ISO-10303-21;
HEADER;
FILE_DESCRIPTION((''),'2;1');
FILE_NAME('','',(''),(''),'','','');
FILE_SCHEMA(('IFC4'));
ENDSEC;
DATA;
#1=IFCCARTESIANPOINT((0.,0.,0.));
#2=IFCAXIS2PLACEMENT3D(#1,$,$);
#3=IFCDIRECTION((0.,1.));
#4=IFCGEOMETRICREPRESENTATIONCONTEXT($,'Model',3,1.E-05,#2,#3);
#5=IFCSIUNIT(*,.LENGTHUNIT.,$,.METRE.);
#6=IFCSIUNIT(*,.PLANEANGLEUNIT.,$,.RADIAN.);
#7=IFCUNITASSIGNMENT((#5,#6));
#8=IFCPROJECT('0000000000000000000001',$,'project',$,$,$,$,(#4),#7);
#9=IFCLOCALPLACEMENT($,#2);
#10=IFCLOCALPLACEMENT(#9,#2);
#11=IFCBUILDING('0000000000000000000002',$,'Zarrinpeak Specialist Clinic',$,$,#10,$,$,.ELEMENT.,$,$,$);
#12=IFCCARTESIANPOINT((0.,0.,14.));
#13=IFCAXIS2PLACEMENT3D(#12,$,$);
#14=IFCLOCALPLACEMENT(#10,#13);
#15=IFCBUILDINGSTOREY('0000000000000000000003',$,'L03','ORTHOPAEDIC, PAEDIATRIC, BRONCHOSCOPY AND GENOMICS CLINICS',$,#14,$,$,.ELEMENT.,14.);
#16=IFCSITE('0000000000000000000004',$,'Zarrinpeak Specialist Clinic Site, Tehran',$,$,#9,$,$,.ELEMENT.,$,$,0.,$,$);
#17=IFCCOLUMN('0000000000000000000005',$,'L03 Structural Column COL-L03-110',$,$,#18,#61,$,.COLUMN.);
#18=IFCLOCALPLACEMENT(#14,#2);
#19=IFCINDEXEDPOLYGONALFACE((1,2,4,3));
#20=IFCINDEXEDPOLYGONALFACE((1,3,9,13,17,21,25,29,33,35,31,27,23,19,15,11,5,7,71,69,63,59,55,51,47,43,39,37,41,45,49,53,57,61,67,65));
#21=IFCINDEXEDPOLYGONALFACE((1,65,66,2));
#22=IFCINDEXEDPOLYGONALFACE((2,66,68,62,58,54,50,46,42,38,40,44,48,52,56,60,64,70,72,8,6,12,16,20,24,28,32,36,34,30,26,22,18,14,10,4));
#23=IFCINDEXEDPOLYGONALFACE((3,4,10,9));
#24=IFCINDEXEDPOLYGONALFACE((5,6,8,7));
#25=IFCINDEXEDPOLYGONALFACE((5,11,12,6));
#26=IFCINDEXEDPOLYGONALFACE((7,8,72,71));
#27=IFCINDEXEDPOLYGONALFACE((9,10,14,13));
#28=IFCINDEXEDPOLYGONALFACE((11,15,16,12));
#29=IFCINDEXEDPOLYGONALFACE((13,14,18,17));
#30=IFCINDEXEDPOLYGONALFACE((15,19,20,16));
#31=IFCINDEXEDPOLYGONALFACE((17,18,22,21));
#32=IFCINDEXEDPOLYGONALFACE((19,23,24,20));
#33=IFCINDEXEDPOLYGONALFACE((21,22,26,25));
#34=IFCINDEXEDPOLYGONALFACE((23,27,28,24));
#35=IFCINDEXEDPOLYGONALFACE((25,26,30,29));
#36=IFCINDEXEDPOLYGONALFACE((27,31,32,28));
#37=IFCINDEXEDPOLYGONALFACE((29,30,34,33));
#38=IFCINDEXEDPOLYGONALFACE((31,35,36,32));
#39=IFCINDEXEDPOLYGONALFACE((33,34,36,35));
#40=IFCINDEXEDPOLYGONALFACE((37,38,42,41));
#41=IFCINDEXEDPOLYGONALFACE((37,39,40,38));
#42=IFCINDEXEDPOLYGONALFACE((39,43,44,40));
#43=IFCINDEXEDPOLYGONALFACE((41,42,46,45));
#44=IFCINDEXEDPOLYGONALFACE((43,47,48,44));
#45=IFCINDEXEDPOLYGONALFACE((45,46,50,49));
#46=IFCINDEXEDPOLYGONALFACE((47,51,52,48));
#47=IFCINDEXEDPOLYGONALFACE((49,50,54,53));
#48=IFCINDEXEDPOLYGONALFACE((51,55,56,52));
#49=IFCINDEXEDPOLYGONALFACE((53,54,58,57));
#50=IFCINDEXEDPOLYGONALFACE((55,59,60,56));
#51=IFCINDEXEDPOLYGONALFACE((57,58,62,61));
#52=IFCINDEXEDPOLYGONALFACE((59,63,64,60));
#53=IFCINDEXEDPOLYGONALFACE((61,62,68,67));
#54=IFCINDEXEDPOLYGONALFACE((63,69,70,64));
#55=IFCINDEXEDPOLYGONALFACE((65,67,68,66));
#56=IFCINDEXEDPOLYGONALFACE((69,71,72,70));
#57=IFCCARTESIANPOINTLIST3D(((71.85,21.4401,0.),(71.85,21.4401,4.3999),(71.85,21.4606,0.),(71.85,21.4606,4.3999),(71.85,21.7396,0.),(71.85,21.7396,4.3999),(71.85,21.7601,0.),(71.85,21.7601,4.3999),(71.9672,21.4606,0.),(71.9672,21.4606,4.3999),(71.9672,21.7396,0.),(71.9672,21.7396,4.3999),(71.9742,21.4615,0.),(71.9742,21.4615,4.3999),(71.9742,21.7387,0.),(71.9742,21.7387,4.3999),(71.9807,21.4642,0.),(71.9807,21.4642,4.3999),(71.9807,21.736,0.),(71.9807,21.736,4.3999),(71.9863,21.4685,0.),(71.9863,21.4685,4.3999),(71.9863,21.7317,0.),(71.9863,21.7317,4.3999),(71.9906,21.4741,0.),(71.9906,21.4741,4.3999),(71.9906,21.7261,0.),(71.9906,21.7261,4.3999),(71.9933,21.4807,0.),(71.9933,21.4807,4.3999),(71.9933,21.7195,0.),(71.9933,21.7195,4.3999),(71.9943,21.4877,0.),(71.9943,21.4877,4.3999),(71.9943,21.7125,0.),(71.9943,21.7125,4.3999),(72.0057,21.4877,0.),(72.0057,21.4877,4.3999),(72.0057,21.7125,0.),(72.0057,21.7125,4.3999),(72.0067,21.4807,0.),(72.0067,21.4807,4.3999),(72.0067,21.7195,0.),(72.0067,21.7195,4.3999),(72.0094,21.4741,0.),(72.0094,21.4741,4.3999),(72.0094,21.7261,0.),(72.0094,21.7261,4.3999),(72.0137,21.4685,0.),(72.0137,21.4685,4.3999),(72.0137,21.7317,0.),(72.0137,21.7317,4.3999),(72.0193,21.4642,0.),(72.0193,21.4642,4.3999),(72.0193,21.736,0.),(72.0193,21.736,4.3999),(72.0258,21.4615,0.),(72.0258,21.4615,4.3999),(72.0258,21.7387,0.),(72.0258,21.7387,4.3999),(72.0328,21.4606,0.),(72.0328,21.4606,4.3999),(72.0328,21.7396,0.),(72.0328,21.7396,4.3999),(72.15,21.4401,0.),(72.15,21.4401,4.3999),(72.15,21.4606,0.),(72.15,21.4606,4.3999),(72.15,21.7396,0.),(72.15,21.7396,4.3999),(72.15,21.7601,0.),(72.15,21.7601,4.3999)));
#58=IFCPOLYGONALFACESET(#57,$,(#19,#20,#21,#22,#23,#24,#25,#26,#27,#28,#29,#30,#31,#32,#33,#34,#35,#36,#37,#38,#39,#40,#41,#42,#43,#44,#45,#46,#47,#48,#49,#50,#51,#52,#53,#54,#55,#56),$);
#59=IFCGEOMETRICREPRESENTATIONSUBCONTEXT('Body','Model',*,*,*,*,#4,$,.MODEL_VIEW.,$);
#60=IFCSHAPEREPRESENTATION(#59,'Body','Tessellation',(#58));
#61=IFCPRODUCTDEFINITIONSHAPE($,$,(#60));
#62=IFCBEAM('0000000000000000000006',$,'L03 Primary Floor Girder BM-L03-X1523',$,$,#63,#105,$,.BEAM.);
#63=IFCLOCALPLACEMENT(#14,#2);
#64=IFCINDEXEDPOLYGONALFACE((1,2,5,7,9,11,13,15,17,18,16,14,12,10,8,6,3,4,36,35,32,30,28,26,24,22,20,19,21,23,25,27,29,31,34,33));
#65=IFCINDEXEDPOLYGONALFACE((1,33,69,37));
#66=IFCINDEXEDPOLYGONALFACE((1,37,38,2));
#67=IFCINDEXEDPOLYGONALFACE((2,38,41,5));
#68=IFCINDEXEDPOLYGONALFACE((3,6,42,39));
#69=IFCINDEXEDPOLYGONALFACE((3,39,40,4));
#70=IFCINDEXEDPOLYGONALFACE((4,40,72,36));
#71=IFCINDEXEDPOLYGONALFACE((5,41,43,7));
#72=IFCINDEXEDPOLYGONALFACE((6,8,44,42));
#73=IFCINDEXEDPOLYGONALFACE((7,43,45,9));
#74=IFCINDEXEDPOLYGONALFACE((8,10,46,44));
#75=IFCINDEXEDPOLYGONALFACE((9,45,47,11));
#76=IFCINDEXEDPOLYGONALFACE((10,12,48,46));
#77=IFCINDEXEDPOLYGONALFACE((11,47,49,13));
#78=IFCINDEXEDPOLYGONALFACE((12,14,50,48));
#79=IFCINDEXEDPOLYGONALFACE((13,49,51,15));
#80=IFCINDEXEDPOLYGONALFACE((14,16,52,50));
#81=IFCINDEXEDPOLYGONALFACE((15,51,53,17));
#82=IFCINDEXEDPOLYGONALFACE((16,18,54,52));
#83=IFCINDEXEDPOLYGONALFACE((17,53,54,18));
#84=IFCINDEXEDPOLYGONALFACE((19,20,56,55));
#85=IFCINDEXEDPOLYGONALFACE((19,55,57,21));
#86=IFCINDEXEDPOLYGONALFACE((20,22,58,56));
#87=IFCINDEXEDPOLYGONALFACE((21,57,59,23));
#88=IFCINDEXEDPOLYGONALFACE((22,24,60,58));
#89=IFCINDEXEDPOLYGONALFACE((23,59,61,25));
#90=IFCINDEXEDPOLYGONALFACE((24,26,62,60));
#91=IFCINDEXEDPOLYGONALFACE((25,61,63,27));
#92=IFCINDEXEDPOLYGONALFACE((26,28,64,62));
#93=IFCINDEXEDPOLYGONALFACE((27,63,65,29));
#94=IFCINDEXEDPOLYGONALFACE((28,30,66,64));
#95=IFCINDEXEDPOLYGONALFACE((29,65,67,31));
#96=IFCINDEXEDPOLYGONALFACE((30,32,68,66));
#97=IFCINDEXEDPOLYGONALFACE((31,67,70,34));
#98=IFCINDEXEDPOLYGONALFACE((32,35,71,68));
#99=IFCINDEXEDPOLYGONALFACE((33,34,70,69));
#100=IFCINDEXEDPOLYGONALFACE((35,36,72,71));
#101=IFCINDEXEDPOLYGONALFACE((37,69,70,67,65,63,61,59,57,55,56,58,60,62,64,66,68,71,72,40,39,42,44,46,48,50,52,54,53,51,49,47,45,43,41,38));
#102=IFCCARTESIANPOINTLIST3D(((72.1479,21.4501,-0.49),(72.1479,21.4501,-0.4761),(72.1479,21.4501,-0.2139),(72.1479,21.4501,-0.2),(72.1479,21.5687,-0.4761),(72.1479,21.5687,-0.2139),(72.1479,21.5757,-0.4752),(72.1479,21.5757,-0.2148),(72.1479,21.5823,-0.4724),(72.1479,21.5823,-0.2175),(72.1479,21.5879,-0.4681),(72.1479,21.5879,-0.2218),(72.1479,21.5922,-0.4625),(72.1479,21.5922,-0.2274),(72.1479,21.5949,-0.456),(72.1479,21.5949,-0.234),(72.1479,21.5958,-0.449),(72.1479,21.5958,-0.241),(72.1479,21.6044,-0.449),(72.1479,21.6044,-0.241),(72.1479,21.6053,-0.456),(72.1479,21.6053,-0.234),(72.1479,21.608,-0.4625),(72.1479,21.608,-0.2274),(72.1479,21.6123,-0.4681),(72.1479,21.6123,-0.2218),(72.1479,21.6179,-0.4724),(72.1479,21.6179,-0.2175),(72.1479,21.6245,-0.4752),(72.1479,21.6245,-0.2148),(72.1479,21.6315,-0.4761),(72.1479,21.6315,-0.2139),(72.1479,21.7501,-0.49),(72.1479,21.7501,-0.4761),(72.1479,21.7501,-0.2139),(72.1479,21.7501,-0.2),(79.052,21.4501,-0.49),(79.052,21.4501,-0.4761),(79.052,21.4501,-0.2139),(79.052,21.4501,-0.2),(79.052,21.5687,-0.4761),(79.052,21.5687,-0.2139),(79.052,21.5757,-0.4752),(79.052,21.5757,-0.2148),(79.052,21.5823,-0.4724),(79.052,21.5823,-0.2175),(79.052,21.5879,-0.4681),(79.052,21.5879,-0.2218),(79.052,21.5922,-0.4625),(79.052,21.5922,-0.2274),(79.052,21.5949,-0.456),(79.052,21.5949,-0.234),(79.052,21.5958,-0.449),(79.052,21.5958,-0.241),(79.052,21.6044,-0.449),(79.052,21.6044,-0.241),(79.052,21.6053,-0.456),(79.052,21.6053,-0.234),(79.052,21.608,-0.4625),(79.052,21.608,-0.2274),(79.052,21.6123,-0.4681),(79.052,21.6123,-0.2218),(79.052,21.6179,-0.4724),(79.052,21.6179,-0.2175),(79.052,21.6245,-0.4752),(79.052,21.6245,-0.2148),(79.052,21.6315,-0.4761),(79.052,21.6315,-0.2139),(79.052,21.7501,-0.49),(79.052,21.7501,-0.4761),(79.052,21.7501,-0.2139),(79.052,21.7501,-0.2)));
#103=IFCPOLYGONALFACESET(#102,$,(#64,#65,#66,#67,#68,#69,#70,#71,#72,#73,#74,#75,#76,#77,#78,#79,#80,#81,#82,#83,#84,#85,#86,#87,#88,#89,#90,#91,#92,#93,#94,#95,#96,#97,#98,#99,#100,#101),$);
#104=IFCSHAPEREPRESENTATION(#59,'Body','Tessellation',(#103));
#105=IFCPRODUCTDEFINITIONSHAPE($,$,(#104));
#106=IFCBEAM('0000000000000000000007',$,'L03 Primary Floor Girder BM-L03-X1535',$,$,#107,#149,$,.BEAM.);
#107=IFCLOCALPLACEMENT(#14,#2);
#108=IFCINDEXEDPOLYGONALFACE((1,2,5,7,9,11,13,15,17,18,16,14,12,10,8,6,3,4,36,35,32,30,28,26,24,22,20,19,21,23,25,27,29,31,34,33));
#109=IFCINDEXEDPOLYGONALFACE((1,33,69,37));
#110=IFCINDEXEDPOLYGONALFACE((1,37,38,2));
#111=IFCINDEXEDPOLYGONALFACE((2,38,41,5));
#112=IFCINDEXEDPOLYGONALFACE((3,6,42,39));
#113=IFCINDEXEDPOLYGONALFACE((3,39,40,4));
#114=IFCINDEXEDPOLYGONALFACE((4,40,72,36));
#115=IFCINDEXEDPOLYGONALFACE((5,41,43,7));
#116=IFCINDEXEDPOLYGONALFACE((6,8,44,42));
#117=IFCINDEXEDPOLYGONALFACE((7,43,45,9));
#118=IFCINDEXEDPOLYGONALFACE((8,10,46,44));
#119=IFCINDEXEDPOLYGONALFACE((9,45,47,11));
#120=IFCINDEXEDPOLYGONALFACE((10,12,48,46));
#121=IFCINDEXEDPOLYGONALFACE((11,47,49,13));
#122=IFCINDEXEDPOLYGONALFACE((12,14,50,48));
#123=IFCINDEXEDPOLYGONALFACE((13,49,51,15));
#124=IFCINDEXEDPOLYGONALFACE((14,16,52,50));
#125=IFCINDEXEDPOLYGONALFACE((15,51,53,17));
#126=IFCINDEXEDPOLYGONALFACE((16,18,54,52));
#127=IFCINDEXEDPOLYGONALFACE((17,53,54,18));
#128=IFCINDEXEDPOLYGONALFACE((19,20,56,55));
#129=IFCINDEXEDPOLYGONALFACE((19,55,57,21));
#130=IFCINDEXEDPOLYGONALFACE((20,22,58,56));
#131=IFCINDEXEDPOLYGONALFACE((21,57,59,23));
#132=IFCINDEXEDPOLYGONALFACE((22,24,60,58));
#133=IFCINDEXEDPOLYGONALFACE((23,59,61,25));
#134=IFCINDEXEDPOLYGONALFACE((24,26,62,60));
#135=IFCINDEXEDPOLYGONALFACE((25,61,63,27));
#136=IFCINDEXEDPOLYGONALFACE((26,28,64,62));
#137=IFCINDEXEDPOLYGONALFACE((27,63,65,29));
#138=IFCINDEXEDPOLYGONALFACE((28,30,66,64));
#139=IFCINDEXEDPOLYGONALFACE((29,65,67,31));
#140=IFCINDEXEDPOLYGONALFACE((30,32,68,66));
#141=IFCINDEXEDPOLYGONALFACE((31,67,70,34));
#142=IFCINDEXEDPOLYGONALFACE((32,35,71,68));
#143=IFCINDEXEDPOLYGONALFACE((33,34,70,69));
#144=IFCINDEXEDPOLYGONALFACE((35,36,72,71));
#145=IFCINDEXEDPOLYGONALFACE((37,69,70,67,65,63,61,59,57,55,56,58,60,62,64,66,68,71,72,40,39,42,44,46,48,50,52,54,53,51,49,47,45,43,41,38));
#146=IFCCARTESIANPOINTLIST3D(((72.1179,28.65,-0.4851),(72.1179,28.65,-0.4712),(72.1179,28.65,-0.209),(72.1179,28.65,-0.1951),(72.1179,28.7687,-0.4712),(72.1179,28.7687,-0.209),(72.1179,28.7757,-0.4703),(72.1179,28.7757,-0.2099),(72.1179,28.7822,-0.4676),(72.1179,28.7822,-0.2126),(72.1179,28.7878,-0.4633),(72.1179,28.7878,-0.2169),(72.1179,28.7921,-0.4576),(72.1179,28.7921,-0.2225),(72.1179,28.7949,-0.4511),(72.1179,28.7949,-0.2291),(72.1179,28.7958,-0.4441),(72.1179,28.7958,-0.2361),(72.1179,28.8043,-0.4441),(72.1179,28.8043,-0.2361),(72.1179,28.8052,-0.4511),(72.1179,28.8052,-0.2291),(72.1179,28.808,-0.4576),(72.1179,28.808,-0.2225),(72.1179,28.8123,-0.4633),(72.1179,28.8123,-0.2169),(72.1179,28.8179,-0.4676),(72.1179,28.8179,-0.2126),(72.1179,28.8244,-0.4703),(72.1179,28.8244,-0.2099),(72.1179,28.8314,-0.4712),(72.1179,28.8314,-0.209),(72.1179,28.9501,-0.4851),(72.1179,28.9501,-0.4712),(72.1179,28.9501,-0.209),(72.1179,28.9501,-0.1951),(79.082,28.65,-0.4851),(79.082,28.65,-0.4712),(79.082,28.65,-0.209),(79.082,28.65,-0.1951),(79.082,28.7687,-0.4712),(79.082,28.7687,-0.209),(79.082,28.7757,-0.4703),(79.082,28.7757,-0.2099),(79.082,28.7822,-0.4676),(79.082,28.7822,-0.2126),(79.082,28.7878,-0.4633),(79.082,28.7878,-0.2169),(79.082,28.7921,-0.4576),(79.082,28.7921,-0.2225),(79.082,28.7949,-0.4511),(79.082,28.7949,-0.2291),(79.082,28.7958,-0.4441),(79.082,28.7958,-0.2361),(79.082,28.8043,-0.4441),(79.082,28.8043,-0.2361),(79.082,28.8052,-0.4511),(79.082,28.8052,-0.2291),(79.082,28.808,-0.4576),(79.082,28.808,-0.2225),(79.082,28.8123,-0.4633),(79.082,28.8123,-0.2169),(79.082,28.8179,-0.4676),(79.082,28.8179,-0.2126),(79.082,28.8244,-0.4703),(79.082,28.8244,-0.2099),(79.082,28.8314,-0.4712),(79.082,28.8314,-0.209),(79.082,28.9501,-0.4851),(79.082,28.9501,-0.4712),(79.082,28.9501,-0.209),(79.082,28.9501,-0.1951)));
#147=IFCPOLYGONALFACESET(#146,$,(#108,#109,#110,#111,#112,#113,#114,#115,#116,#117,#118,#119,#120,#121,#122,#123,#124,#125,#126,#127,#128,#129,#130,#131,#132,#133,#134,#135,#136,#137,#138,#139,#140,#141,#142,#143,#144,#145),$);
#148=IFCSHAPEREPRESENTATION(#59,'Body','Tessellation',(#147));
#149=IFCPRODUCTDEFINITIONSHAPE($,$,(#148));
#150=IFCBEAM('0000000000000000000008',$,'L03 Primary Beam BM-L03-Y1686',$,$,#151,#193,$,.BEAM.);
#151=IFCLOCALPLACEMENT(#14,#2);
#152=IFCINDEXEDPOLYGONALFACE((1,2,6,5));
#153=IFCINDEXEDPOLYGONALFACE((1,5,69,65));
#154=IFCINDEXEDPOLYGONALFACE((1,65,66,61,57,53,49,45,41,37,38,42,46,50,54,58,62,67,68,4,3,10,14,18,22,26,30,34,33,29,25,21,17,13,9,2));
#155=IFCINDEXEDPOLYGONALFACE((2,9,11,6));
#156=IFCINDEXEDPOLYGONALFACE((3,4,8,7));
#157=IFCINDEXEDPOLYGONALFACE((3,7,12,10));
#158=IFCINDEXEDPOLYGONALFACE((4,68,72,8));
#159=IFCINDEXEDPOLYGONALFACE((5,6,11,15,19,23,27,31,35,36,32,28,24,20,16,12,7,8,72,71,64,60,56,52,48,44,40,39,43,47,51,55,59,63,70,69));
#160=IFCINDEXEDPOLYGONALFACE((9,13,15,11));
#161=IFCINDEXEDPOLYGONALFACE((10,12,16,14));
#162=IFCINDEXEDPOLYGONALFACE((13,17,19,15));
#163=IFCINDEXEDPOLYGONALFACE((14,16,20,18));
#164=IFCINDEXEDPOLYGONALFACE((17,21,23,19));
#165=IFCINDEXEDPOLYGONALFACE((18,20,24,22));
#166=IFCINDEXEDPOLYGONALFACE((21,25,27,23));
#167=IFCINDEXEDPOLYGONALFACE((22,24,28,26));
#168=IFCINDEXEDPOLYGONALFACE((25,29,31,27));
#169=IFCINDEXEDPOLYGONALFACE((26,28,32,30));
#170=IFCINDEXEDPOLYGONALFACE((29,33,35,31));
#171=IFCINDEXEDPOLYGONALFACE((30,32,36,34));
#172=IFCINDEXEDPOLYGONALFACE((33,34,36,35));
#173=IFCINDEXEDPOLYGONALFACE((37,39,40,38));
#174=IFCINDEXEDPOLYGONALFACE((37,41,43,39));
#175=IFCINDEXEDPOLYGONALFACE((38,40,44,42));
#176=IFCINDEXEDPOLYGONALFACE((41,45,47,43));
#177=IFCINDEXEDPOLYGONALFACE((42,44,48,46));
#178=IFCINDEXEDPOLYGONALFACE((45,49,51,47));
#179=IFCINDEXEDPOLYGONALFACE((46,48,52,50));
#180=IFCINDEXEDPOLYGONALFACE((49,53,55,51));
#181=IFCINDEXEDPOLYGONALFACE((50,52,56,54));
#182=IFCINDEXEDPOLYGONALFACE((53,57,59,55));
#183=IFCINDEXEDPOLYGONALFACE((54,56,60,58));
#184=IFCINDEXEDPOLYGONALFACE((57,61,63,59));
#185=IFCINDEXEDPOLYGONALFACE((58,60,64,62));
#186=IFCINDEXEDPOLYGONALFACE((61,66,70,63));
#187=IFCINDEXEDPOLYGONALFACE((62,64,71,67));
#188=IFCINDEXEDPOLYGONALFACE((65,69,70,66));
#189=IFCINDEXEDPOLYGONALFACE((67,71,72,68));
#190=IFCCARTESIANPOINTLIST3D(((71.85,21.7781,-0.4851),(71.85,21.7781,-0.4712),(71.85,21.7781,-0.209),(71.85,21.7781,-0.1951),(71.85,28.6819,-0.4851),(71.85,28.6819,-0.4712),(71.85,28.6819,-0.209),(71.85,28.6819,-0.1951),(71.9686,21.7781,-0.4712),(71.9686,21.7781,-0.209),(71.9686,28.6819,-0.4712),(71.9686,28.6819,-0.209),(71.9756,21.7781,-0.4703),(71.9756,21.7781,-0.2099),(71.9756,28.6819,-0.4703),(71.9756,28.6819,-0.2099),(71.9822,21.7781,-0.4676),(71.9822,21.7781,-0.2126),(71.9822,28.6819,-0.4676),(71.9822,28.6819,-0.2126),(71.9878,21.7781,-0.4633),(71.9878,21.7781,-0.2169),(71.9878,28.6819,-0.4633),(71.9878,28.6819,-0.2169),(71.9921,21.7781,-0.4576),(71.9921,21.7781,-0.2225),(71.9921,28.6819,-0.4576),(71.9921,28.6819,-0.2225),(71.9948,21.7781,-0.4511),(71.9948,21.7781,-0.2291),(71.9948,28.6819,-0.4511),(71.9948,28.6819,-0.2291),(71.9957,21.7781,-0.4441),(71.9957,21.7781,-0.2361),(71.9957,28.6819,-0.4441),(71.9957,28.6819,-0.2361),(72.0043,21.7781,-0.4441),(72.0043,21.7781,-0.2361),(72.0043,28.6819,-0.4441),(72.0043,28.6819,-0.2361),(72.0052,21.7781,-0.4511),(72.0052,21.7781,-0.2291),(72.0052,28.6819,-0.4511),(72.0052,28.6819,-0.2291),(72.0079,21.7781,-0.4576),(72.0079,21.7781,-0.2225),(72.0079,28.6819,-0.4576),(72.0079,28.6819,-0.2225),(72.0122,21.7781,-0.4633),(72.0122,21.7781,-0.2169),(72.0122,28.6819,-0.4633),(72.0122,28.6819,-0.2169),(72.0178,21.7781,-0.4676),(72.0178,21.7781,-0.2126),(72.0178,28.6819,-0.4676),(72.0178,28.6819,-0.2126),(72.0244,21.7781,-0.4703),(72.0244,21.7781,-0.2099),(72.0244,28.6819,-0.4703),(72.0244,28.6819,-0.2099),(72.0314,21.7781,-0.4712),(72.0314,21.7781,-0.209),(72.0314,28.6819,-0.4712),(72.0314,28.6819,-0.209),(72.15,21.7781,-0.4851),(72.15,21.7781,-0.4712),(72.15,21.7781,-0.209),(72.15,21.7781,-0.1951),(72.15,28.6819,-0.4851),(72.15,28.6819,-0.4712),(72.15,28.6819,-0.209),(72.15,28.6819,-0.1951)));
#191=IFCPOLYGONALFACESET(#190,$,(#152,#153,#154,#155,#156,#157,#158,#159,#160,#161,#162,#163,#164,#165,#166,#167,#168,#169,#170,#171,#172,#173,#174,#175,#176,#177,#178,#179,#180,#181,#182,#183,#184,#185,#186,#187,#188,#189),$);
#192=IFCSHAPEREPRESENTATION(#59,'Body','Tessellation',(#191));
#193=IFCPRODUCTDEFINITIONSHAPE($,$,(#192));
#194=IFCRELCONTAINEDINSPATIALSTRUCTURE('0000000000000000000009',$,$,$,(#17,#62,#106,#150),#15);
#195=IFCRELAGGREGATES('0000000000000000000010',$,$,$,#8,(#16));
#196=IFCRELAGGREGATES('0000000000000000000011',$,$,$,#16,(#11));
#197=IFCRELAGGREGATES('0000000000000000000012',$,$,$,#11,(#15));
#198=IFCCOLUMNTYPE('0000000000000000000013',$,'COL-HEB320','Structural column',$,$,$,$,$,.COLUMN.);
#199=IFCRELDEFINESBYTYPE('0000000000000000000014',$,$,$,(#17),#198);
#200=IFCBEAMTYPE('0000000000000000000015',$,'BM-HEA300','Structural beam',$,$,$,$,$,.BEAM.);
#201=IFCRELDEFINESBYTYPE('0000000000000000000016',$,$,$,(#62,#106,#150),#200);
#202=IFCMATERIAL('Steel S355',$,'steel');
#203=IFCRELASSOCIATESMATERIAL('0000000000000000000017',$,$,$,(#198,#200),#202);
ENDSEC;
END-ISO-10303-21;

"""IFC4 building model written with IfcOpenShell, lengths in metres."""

from ifc_helpers import new_model, si_unit, direction, frame, origin, origin_2d, place, context, subcontext, project, spatial, i_section, extrude, material, material_profile, profile_set, type_object, element, save


model = new_model("IFC4")

# Units and contexts
model_context = context("Model", 3, precision=1e-05, world=origin(), true_north=direction((0.0, 1.0)))
body_context = subcontext(model_context, "Body", "Model", "MODEL_VIEW")
ifc_project = project(units=[si_unit("LENGTHUNIT", "METRE"), si_unit("PLANEANGLEUNIT", "RADIAN")], contexts=[model_context])

# Site, building, storey
site_placement = place(None, origin())
site = spatial("IfcSite", under=ifc_project, at=site_placement, Name="Zarrinpeak Specialist Clinic Site, Tehran", CompositionType="ELEMENT", RefElevation=0.0)
building_placement = place(site_placement, origin())
building = spatial("IfcBuilding", under=site, at=building_placement, Name="Zarrinpeak Specialist Clinic", CompositionType="ELEMENT")
storey_placement = place(building_placement, frame((0.0, 0.0, 14.0)))
storey = spatial("IfcBuildingStorey", under=building, at=storey_placement, Name="L03", Description="ORTHOPAEDIC, PAEDIATRIC, BRONCHOSCOPY AND GENOMICS CLINICS", CompositionType="ELEMENT", Elevation=14.0)

# Column
ifc_material_1 = material(Name="Steel S355", Category="steel")
ifc_material_profile_1 = material_profile(ifc_material_1, i_section(OverallWidth=0.3, OverallDepth=0.3201, WebThickness=0.0115, FlangeThickness=0.0205, FilletRadius=0.0271, at=origin_2d()), Name="HEB 320")
ifc_profile_set_1 = profile_set([ifc_material_profile_1], Name="Steel S355")
column_type = type_object("IfcColumnType", Name="COL-HEB320", Description="Structural column", PredefinedType="COLUMN", material=ifc_profile_set_1)
column_placement = place(storey_placement, frame((72.0, 21.6001, 0.0), z_axis=(0.0, 0.0, 1.0), x_axis=(1.0, 0.0, 0.0)))
element("IfcColumn", 1, at=column_placement, inside=storey, type_object=column_type, Name="L03 Structural Column COL-L03-110", PredefinedType="COLUMN", context=body_context, shape_type="SweptSolid", body=[
    extrude(i_section(OverallWidth=0.3, OverallDepth=0.3201, WebThickness=0.0115, FlangeThickness=0.0205, FilletRadius=0.0271, at=origin_2d()), origin(), (0.0, 0.0, 1.0), 4.3999),
])

# Beams
ifc_material_profile_2 = material_profile(ifc_material_1, i_section(OverallWidth=0.3, OverallDepth=0.29, WebThickness=0.0085, FlangeThickness=0.0139, FilletRadius=0.0271, at=origin_2d()), Name="HEA 300")
ifc_profile_set_2 = profile_set([ifc_material_profile_2], Name="Steel S355")
beam_type = type_object("IfcBeamType", Name="BM-HEA300", Description="Structural beam", PredefinedType="BEAM", material=ifc_profile_set_2)
beam_1_placement = place(storey_placement, frame((72.1479, 21.6001, -0.345), z_axis=(1.0, 0.0, 0.0), x_axis=(0.0, 1.0, 0.0)))
element("IfcBeam", 2, at=beam_1_placement, inside=storey, type_object=beam_type, Name="L03 Primary Floor Girder BM-L03-X1523", PredefinedType="BEAM", context=body_context, shape_type="SweptSolid", body=[
    extrude(i_section(OverallWidth=0.3, OverallDepth=0.29, WebThickness=0.0085, FlangeThickness=0.0139, FilletRadius=0.0271, at=origin_2d()), origin(), (0.0, 0.0, 1.0), 6.9041),
])
beam_2_placement = place(storey_placement, frame((72.1179, 28.8, -0.3401), z_axis=(1.0, 0.0, 0.0), x_axis=(0.0, 1.0, 0.0)))
element("IfcBeam", 3, at=beam_2_placement, inside=storey, type_object=beam_type, Name="L03 Primary Floor Girder BM-L03-X1535", PredefinedType="BEAM", context=body_context, shape_type="SweptSolid", body=[
    extrude(i_section(OverallWidth=0.3, OverallDepth=0.29, WebThickness=0.0085, FlangeThickness=0.0139, FilletRadius=0.0271, at=origin_2d()), origin(), (0.0, 0.0, 1.0), 6.9641),
])
beam_3_placement = place(storey_placement, frame((72.0, 21.7781, -0.3401), z_axis=(0.0, 1.0, 0.0), x_axis=(-1.0, 0.0, 0.0)))
element("IfcBeam", 4, at=beam_3_placement, inside=storey, type_object=beam_type, Name="L03 Primary Beam BM-L03-Y1686", PredefinedType="BEAM", context=body_context, shape_type="SweptSolid", body=[
    extrude(i_section(OverallWidth=0.3, OverallDepth=0.29, WebThickness=0.0085, FlangeThickness=0.0139, FilletRadius=0.0271, at=origin_2d()), origin(), (0.0, 0.0, 1.0), 6.9038),
])

save(model, "model.ifc")
